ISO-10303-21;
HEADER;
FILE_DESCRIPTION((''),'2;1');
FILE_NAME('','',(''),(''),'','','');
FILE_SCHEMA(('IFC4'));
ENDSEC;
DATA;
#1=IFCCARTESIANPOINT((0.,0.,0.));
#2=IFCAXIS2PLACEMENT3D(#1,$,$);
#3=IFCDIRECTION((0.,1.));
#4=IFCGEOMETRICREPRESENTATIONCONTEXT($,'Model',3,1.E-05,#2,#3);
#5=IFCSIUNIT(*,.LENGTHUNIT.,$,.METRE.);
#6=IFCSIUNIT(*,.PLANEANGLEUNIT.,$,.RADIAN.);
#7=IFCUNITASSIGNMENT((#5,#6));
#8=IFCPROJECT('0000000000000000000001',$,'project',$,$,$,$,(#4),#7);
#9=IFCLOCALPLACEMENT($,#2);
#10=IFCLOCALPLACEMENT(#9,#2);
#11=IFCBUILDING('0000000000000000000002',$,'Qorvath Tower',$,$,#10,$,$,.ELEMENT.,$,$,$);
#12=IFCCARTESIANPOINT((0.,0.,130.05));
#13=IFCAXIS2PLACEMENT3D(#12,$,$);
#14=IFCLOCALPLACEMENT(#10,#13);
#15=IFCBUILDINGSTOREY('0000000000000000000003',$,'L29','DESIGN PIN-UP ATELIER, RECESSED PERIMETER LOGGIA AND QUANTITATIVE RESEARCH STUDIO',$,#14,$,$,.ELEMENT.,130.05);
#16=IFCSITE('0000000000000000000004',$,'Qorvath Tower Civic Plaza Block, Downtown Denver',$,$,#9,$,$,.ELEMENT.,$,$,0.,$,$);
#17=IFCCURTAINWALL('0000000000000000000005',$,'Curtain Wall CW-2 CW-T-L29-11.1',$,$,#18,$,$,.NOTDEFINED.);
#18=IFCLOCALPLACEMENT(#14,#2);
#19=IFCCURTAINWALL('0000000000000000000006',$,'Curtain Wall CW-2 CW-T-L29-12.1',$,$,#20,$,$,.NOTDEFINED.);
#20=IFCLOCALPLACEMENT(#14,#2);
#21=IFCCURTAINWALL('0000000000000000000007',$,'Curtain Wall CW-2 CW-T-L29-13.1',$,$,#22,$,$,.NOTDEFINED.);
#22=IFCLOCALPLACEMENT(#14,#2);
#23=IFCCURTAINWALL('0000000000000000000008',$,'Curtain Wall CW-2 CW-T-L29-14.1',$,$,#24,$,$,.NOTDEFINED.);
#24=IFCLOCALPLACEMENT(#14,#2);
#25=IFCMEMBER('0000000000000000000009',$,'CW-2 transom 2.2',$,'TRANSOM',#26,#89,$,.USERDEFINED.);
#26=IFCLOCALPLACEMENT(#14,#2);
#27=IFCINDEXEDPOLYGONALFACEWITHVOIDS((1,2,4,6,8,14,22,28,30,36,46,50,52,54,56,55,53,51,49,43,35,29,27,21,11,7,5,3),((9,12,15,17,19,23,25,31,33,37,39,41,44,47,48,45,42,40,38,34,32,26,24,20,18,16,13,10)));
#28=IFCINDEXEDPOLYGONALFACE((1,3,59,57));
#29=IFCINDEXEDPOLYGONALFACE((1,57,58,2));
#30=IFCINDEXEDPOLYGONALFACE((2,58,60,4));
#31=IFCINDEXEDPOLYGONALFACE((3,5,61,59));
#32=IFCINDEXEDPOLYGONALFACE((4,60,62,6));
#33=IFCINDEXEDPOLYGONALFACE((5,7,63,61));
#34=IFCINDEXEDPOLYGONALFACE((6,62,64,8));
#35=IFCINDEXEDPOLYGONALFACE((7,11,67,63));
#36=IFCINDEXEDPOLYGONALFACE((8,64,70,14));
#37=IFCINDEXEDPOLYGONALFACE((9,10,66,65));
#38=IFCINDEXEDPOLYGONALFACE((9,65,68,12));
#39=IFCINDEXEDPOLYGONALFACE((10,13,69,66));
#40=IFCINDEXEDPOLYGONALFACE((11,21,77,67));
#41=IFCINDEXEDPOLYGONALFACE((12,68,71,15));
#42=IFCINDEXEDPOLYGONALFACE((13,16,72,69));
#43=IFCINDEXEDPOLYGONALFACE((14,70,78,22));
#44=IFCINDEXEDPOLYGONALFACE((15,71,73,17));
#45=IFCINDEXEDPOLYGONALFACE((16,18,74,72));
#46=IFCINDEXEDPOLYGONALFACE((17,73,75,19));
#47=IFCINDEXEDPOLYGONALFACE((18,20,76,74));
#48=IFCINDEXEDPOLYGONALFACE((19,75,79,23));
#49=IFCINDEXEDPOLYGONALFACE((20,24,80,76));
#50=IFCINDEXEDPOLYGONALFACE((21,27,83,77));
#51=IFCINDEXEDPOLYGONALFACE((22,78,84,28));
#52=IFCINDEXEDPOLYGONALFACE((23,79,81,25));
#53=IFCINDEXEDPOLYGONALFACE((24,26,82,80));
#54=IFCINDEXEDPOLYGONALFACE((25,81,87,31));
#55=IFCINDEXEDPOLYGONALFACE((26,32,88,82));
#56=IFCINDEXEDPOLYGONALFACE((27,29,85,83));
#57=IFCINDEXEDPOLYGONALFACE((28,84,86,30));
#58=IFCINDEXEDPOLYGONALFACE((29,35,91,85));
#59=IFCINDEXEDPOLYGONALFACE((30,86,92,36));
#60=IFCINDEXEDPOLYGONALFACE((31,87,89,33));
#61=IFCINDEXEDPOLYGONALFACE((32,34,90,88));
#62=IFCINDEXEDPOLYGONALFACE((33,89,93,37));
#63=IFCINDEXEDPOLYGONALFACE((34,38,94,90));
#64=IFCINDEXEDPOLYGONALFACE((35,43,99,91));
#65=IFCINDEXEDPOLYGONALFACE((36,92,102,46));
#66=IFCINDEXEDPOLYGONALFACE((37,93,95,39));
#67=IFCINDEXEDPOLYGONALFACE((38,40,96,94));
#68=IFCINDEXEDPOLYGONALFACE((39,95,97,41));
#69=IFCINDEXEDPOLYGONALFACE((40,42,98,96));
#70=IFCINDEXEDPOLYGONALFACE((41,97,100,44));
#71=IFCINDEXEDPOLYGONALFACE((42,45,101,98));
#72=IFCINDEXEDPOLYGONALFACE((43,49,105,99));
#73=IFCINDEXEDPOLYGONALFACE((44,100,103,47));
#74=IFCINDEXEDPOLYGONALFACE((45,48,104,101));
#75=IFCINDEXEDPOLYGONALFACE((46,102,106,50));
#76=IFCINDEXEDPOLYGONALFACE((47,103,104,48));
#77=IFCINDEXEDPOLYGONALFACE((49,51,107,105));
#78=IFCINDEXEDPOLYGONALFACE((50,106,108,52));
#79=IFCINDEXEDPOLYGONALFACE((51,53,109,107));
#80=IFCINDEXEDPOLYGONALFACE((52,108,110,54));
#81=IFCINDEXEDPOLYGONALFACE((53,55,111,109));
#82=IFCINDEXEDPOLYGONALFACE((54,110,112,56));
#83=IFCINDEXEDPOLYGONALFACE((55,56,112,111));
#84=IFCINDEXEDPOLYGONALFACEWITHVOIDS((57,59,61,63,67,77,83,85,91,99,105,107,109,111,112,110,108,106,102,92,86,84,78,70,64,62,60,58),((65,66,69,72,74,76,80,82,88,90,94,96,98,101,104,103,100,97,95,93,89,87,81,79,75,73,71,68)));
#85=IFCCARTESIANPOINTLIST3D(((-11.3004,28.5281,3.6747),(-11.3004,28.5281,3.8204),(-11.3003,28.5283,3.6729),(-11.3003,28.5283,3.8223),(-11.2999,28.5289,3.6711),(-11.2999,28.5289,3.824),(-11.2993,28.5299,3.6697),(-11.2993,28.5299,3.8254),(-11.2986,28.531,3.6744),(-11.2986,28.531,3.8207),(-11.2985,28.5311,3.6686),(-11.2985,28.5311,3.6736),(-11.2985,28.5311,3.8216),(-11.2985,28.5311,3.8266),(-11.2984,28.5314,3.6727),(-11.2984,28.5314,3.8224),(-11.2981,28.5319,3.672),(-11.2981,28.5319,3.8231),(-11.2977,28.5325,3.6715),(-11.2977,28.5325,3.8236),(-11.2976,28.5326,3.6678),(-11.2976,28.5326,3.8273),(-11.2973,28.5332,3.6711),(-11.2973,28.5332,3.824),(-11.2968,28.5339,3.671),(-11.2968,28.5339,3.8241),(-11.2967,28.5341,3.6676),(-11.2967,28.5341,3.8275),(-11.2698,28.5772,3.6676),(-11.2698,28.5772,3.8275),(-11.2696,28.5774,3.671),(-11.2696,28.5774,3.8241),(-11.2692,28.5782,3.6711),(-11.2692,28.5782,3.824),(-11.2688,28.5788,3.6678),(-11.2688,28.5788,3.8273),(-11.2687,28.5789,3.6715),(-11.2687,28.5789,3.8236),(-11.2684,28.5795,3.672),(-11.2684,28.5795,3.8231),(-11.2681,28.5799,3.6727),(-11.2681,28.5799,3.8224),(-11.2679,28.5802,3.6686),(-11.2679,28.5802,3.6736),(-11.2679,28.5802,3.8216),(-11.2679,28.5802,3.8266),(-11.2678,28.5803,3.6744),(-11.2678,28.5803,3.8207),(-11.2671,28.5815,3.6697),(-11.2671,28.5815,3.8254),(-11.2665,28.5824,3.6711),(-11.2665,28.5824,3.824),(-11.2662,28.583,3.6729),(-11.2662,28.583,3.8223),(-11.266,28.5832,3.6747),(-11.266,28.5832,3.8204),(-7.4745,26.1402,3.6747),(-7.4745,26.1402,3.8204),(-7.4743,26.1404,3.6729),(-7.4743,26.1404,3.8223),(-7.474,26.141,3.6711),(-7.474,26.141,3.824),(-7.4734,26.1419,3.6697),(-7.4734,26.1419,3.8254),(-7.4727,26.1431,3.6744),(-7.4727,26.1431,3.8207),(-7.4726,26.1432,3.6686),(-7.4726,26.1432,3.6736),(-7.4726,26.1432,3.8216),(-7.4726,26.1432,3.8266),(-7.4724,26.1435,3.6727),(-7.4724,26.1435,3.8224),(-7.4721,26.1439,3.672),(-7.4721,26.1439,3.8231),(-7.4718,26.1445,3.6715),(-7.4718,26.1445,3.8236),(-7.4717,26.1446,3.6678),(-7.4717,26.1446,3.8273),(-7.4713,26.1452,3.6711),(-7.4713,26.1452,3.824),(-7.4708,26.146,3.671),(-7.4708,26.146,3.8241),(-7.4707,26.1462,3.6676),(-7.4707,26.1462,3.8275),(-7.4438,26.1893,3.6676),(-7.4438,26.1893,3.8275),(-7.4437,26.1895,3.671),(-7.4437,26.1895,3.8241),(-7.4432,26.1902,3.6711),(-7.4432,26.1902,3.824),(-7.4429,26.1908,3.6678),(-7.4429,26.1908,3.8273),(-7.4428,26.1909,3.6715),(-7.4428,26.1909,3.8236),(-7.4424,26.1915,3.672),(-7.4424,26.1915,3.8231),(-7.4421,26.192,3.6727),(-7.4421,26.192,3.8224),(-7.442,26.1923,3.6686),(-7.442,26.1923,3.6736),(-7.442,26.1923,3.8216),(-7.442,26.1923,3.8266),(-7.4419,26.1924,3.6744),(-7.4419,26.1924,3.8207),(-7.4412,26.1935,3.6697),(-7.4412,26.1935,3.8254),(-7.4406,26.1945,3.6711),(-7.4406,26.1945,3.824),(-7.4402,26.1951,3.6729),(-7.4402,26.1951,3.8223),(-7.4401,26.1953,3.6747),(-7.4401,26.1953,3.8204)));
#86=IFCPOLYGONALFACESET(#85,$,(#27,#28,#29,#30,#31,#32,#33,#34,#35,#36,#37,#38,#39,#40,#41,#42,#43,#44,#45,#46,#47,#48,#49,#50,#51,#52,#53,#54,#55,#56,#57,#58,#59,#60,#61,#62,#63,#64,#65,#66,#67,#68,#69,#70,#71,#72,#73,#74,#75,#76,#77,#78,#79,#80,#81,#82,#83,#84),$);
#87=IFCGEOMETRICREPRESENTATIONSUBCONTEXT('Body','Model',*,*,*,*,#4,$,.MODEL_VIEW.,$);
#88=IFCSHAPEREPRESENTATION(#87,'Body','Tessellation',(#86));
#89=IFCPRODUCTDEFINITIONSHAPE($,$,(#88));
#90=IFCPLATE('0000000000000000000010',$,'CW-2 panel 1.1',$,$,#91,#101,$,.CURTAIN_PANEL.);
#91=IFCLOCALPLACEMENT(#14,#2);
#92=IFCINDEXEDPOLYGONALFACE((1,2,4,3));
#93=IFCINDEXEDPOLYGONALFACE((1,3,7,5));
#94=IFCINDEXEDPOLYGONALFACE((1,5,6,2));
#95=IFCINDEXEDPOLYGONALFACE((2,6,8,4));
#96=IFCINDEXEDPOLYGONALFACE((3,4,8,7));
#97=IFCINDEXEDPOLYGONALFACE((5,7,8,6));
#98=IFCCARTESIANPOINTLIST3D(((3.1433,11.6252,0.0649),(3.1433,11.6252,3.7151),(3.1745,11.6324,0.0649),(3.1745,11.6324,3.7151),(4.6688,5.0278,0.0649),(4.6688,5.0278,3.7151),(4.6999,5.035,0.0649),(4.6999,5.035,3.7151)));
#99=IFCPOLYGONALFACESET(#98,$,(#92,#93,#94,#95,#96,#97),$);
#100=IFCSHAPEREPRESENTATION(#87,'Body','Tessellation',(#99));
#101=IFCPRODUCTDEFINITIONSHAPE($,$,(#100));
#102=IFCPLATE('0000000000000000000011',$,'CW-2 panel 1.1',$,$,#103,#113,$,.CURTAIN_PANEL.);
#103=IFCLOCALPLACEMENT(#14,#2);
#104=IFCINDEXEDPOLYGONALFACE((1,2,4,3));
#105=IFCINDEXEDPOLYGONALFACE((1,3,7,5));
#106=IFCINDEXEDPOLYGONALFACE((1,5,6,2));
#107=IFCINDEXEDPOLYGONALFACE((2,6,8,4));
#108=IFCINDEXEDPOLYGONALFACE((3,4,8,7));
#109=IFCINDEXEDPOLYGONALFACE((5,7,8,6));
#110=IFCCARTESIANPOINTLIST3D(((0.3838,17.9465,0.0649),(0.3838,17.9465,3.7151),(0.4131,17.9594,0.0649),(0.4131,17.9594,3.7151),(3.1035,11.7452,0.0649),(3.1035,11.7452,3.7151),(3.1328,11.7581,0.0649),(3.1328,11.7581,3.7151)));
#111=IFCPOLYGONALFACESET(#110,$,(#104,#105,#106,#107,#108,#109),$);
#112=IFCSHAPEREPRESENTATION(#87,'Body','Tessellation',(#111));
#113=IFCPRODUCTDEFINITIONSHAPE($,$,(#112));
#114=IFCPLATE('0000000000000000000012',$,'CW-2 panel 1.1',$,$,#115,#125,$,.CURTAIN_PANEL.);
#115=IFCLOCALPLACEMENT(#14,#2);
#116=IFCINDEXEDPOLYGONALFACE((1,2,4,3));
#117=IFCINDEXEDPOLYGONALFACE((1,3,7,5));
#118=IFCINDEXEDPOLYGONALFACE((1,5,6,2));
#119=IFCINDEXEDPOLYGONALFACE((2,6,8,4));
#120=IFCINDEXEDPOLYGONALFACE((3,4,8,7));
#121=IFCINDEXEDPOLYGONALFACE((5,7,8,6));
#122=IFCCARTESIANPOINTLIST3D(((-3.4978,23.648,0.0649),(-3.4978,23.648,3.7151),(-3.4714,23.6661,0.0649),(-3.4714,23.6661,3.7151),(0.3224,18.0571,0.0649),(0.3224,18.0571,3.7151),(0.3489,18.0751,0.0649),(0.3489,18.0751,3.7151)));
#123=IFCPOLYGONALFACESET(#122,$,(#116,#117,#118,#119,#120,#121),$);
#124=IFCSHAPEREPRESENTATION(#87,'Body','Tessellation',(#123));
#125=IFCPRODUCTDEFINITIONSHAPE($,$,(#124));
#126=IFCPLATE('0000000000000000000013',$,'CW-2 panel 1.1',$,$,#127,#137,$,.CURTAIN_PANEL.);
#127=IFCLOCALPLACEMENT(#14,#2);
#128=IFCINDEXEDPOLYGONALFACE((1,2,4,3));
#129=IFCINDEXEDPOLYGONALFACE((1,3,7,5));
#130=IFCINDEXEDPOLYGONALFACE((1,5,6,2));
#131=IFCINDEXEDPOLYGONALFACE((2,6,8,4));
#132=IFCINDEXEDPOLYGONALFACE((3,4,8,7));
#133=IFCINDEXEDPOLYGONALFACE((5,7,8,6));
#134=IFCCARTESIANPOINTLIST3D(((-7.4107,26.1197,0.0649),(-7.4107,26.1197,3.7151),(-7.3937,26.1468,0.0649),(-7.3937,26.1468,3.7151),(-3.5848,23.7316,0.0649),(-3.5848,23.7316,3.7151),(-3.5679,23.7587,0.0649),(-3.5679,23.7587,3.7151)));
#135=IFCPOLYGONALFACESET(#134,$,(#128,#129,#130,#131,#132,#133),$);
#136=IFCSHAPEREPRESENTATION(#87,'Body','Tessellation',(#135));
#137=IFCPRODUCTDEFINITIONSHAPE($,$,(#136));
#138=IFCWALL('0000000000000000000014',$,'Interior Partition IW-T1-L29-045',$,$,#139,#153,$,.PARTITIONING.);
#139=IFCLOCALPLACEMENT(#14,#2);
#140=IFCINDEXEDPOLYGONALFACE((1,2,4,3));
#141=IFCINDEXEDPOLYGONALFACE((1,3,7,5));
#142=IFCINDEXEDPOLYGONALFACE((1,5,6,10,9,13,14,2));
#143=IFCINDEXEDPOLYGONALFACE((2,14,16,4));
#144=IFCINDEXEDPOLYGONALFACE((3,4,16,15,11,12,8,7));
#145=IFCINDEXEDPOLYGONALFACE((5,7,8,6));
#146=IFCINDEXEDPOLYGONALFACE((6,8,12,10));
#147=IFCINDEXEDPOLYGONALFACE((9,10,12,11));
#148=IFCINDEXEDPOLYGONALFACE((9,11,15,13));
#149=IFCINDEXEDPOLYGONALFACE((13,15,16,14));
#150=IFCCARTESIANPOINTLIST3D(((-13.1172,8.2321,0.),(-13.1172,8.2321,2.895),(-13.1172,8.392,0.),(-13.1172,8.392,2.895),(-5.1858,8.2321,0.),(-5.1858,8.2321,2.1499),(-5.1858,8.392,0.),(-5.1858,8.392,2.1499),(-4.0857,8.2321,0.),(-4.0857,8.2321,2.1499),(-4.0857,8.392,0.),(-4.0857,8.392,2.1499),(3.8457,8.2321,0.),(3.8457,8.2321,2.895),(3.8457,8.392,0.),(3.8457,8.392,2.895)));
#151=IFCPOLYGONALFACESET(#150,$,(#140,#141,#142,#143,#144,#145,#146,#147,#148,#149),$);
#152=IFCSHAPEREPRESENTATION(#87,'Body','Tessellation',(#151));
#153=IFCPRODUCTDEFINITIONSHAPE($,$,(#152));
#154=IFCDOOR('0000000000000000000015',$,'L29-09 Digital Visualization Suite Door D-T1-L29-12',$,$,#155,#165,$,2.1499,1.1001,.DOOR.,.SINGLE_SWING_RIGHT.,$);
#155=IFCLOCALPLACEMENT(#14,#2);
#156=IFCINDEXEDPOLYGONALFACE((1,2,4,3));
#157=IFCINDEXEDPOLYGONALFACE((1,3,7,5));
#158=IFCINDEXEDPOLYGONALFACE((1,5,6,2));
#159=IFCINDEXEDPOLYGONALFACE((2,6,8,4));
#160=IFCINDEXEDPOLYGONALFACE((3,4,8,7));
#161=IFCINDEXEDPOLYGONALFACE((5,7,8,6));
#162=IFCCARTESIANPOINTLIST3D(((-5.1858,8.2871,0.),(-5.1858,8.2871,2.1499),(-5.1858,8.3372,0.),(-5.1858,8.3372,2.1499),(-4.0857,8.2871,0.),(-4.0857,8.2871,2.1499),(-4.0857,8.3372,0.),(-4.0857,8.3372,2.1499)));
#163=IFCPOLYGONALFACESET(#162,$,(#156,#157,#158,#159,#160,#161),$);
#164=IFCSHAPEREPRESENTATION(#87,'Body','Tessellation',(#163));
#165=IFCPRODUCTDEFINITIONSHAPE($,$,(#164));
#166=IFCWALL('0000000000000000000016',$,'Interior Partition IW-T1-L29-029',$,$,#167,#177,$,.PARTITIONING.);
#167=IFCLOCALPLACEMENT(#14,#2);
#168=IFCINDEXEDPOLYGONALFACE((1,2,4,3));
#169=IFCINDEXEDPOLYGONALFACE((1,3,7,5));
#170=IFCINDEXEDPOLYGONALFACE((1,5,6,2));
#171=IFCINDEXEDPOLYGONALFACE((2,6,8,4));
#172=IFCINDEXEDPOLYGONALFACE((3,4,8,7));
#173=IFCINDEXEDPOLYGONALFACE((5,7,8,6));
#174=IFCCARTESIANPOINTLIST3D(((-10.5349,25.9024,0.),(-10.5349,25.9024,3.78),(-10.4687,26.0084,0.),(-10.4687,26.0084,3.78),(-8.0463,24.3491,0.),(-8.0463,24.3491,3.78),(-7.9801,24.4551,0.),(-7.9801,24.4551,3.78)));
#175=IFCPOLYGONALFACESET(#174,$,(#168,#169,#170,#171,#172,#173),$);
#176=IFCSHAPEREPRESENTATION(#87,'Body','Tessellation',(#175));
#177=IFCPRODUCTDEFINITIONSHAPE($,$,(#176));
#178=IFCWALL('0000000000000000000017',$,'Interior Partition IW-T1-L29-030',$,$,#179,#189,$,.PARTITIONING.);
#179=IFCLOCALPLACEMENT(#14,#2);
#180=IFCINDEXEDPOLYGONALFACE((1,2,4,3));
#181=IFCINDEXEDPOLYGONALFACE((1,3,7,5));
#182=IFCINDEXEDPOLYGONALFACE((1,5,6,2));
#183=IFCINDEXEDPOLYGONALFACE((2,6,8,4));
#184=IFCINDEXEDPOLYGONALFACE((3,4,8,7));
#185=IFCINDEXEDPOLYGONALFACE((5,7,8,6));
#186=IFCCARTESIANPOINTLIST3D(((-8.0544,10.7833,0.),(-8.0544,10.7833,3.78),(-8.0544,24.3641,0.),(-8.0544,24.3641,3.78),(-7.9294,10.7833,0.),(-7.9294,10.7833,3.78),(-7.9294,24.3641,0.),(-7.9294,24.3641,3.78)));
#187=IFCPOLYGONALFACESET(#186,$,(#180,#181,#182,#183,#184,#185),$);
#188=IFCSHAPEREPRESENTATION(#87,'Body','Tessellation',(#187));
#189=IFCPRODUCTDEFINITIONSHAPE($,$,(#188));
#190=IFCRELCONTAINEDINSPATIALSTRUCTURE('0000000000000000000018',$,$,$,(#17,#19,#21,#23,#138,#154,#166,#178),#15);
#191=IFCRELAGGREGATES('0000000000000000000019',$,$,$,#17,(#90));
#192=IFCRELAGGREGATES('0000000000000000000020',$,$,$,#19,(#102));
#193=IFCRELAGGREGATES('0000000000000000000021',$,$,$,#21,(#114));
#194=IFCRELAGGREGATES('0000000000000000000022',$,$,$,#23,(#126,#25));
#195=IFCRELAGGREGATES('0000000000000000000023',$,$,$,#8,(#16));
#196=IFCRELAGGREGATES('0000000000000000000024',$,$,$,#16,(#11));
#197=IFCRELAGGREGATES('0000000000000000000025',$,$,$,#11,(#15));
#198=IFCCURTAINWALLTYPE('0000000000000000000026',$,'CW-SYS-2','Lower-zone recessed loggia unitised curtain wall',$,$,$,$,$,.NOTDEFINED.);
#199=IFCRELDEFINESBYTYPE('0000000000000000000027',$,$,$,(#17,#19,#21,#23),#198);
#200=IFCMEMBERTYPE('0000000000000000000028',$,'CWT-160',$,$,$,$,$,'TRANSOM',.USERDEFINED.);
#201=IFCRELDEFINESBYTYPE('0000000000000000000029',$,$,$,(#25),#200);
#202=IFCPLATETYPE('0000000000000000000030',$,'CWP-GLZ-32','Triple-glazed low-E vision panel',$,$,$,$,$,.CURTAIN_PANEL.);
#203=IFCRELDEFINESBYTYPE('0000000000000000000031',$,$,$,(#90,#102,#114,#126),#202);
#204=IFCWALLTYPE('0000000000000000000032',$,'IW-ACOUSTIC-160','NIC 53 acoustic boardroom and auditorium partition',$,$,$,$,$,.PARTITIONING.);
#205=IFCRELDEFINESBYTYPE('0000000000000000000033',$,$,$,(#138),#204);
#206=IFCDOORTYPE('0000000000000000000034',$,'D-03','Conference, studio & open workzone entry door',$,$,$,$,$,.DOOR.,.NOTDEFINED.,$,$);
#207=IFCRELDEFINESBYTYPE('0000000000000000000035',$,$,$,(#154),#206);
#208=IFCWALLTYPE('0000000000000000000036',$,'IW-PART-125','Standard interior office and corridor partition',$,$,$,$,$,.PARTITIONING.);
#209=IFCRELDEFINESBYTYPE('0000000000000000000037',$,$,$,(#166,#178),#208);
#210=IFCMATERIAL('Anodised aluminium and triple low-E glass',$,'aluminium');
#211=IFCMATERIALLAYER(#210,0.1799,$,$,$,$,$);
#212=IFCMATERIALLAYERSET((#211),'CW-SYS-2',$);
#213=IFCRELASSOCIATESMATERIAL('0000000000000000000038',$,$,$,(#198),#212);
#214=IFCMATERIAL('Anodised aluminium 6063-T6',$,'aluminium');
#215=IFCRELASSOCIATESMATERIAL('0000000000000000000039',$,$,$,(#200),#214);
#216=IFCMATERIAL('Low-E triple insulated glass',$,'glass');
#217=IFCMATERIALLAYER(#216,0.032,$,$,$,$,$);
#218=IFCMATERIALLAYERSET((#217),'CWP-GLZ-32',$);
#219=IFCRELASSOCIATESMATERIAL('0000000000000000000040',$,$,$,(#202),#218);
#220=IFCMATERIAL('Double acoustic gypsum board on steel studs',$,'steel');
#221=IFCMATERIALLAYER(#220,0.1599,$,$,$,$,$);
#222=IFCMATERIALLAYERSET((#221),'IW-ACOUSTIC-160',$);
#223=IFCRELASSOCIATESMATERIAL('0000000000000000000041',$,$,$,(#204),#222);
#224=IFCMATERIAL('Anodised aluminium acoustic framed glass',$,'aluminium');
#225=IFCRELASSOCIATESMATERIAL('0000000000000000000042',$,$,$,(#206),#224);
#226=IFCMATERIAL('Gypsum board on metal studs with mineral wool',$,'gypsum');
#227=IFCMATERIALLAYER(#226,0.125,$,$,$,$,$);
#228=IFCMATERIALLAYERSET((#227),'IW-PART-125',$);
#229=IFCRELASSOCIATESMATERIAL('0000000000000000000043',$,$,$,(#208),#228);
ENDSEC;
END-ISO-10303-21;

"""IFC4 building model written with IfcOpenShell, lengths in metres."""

from ifc_helpers import new_model, si_unit, direction, frame, frame_2d, origin, origin_2d, place, context, subcontext, project, spatial, rectangle, hollow_rectangle, extrude, material, layer, layer_set, material_profile, profile_set, type_object, element, fill, aggregate, save


model = new_model("IFC4")

# Units and contexts
model_context = context("Model", 3, precision=1e-05, world=origin(), true_north=direction((0.0, 1.0)))
body_context = subcontext(model_context, "Body", "Model", "MODEL_VIEW")
ifc_project = project(units=[si_unit("LENGTHUNIT", "METRE"), si_unit("PLANEANGLEUNIT", "RADIAN")], contexts=[model_context])

# Site, building, storey
site_placement = place(None, origin())
site = spatial("IfcSite", under=ifc_project, at=site_placement, Name="Qorvath Tower Civic Plaza Block, Downtown Denver", CompositionType="ELEMENT", RefElevation=0.0)
building_placement = place(site_placement, origin())
building = spatial("IfcBuilding", under=site, at=building_placement, Name="Qorvath Tower", CompositionType="ELEMENT")
storey_placement = place(building_placement, frame((0.0, 0.0, 130.05)))
storey = spatial("IfcBuildingStorey", under=building, at=storey_placement, Name="L29", Description="DESIGN PIN-UP ATELIER, RECESSED PERIMETER LOGGIA AND QUANTITATIVE RESEARCH STUDIO", CompositionType="ELEMENT", Elevation=130.05)

# Curtain wall
ifc_material_1 = material(Name="Anodised aluminium and triple low-E glass", Category="aluminium")
ifc_layer_1 = layer(ifc_material_1, 0.1799)
ifc_layer_set_1 = layer_set([ifc_layer_1], Name="CW-SYS-2")
curtain_wall_type = type_object("IfcCurtainWallType", Name="CW-SYS-2", Description="Lower-zone recessed loggia unitised curtain wall", PredefinedType="NOTDEFINED", material=ifc_layer_set_1)
curtain_wall_1_placement = place(storey_placement, origin())
curtain_wall_1 = element("IfcCurtainWall", 1, at=curtain_wall_1_placement, inside=storey, type_object=curtain_wall_type, Name="Curtain Wall CW-2 CW-T-L29-11.1", PredefinedType="NOTDEFINED")

# Curtain walls
curtain_wall_2_placement = place(storey_placement, origin())
curtain_wall_2 = element("IfcCurtainWall", 2, at=curtain_wall_2_placement, inside=storey, type_object=curtain_wall_type, Name="Curtain Wall CW-2 CW-T-L29-12.1", PredefinedType="NOTDEFINED")
curtain_wall_3_placement = place(storey_placement, origin())
curtain_wall_3 = element("IfcCurtainWall", 3, at=curtain_wall_3_placement, inside=storey, type_object=curtain_wall_type, Name="Curtain Wall CW-2 CW-T-L29-13.1", PredefinedType="NOTDEFINED")
curtain_wall_4_placement = place(storey_placement, origin())
curtain_wall_4 = element("IfcCurtainWall", 4, at=curtain_wall_4_placement, inside=storey, type_object=curtain_wall_type, Name="Curtain Wall CW-2 CW-T-L29-14.1", PredefinedType="NOTDEFINED")

# Member
ifc_material_2 = material(Name="Anodised aluminium 6063-T6", Category="aluminium")
ifc_material_profile_1 = material_profile(ifc_material_2, hollow_rectangle(XDim=0.0649, YDim=0.1599, WallThickness=0.0034, InnerFilletRadius=0.0034, OuterFilletRadius=0.0071, at=origin_2d()), Name="CWT 160x65")
ifc_profile_set_1 = profile_set([ifc_material_profile_1], Name="Anodised aluminium 6063-T6")
member_type_1 = type_object("IfcMemberType", Name="CWT-160", ElementType="TRANSOM", PredefinedType="USERDEFINED", material=ifc_profile_set_1)
member_1_placement = place(storey_placement, frame((-7.4573, 26.1677, 3.7476), z_axis=(-0.848324, 0.529478, 0.0), x_axis=(-0.529478, -0.848324, 0.0)))
member_1 = element("IfcMember", 5, at=member_1_placement, type_object=member_type_1, Name="CW-2 transom 2.2", ObjectType="TRANSOM", PredefinedType="USERDEFINED", context=body_context, shape_type="SweptSolid", body=[
    extrude(hollow_rectangle(XDim=0.0649, YDim=0.1599, WallThickness=0.0034, InnerFilletRadius=0.0034, OuterFilletRadius=0.0071, at=origin_2d()), origin(), (0.0, 0.0, 1.0), 4.51),
])

# Plates
ifc_material_3 = material(Name="Low-E triple insulated glass", Category="glass")
ifc_layer_2 = layer(ifc_material_3, 0.032)
ifc_layer_set_2 = layer_set([ifc_layer_2], Name="CWP-GLZ-32")
plate_type = type_object("IfcPlateType", Name="CWP-GLZ-32", Description="Triple-glazed low-E vision panel", PredefinedType="CURTAIN_PANEL", material=ifc_layer_set_2)
plate_1_placement = place(storey_placement, frame((3.9216, 8.3301, 0.0649), z_axis=(0.0, 0.0, 1.0), x_axis=(-0.22527, 0.974296, 0.0)))
plate_1 = element("IfcPlate", 6, at=plate_1_placement, type_object=plate_type, Name="CW-2 panel 1.1", PredefinedType="CURTAIN_PANEL", context=body_context, shape_type="SweptSolid", body=[
    extrude(rectangle(XDim=6.7715, YDim=0.032, at=origin_2d()), origin(), (0.0, 0.0, 1.0), 3.6501),
])
aggregate(curtain_wall_1, [plate_1])
plate_2_placement = place(storey_placement, frame((1.7583, 14.8523, 0.0649), z_axis=(0.0, 0.0, 1.0), x_axis=(-0.401649, 0.915794, 0.0)))
plate_2 = element("IfcPlate", 7, at=plate_2_placement, type_object=plate_type, Name="CW-2 panel 1.1", PredefinedType="CURTAIN_PANEL", context=body_context, shape_type="SweptSolid", body=[
    extrude(rectangle(XDim=6.7715, YDim=0.032, at=origin_2d()), origin(), (0.0, 0.0, 1.0), 3.6501),
])
aggregate(curtain_wall_2, [plate_2])
plate_3_placement = place(storey_placement, frame((-1.5745, 20.8616, 0.0649), z_axis=(0.0, 0.0, 1.0), x_axis=(-0.564164, 0.825663, 0.0)))
plate_3 = element("IfcPlate", 8, at=plate_3_placement, type_object=plate_type, Name="CW-2 panel 1.1", PredefinedType="CURTAIN_PANEL", context=body_context, shape_type="SweptSolid", body=[
    extrude(rectangle(XDim=6.7715, YDim=0.032, at=origin_2d()), origin(), (0.0, 0.0, 1.0), 3.6501),
])
aggregate(curtain_wall_3, [plate_3])
plate_4_placement = place(storey_placement, frame((-5.4893, 24.9392, 0.0649), z_axis=(0.0, 0.0, 1.0), x_axis=(-0.848308, 0.529503, 0.0)))
plate_4 = element("IfcPlate", 9, at=plate_4_placement, type_object=plate_type, Name="CW-2 panel 1.1", PredefinedType="CURTAIN_PANEL", context=body_context, shape_type="SweptSolid", body=[
    extrude(rectangle(XDim=4.51, YDim=0.032, at=origin_2d()), origin(), (0.0, 0.0, 1.0), 3.6501),
])
aggregate(curtain_wall_4, [plate_4, member_1])

# Wall, opening, door
ifc_material_4 = material(Name="Double acoustic gypsum board on steel studs", Category="steel")
ifc_layer_3 = layer(ifc_material_4, 0.1599)
ifc_layer_set_3 = layer_set([ifc_layer_3], Name="IW-ACOUSTIC-160")
wall_type_1 = type_object("IfcWallType", Name="IW-ACOUSTIC-160", Description="NIC 53 acoustic boardroom and auditorium partition", PredefinedType="PARTITIONING", material=ifc_layer_set_3)
wall_1_placement = place(storey_placement, frame((3.8457, 8.312, 0.0), z_axis=(0.0, 0.0, 1.0), x_axis=(-1.0, 0.0, 0.0)))
wall_1 = element("IfcWall", 10, at=wall_1_placement, inside=storey, type_object=wall_type_1, Name="Interior Partition IW-T1-L29-045", PredefinedType="PARTITIONING", context=body_context, shape_type="SweptSolid", body=[
    extrude(rectangle(XDim=16.9629, YDim=0.1599, at=frame_2d((8.4814, 0.0))), origin(), (0.0, 0.0, 1.0), 2.895),
])
opening_1_placement = place(wall_1_placement, frame((7.9314, 0.0, 0.0)))
opening_1 = element("IfcOpeningElement", 11, at=opening_1_placement, cuts=wall_1, PredefinedType="OPENING", context=body_context, shape_type="SweptSolid", body=[
    extrude(rectangle(XDim=1.1001, YDim=2.1499, at=frame_2d((0.55, 1.075))), frame((0.0, 0.0898, 0.0), z_axis=(0.0, -1.0, 0.0), x_axis=(1.0, 0.0, 0.0)), (0.0, 0.0, 1.0), 0.1799),
])
ifc_material_5 = material(Name="Anodised aluminium acoustic framed glass", Category="aluminium")
door_type_1 = type_object("IfcDoorType", Name="D-03", Description="Conference, studio & open workzone entry door", OperationType="NOTDEFINED", PredefinedType="DOOR", material=ifc_material_5)
door_1_placement = place(opening_1_placement, origin())
door_1 = element("IfcDoor", 12, at=door_1_placement, inside=storey, type_object=door_type_1, Name="L29-09 Digital Visualization Suite Door D-T1-L29-12", OperationType="SINGLE_SWING_RIGHT", OverallHeight=2.1499, OverallWidth=1.1001, PredefinedType="DOOR", context=body_context, shape_type="SweptSolid", body=[
    extrude(rectangle(XDim=1.1001, YDim=2.1499, at=frame_2d((0.55, 1.075))), frame((0.0, 0.0249, 0.0), z_axis=(0.0, -1.0, 0.0), x_axis=(1.0, 0.0, 0.0)), (0.0, 0.0, 1.0), 0.05),
])
fill(opening_1, door_1)

# Walls
ifc_material_6 = material(Name="Gypsum board on metal studs with mineral wool", Category="gypsum")
ifc_layer_4 = layer(ifc_material_6, 0.125)
ifc_layer_set_4 = layer_set([ifc_layer_4], Name="IW-PART-125")
wall_type_2 = type_object("IfcWallType", Name="IW-PART-125", Description="Standard interior office and corridor partition", PredefinedType="PARTITIONING", material=ifc_layer_set_4)
wall_2_placement = place(storey_placement, frame((-8.0132, 24.4021, 0.0), z_axis=(0.0, 0.0, 1.0), x_axis=(-0.848321, 0.529483, 0.0)))
element("IfcWall", 13, at=wall_2_placement, inside=storey, type_object=wall_type_2, Name="Interior Partition IW-T1-L29-029", PredefinedType="PARTITIONING", context=body_context, shape_type="SweptSolid", body=[
    extrude(rectangle(XDim=2.9336, YDim=0.125, at=frame_2d((1.4668, 0.0))), origin(), (0.0, 0.0, 1.0), 3.78),
])
wall_3_placement = place(storey_placement, frame((-7.9919, 10.7832, 0.0), z_axis=(0.0, 0.0, 1.0), x_axis=(0.0, 1.0, 0.0)))
element("IfcWall", 14, at=wall_3_placement, inside=storey, type_object=wall_type_2, Name="Interior Partition IW-T1-L29-030", PredefinedType="PARTITIONING", context=body_context, shape_type="SweptSolid", body=[
    extrude(rectangle(XDim=13.5808, YDim=0.125, at=frame_2d((6.7905, 0.0))), origin(), (0.0, 0.0, 1.0), 3.78),
])

save(model, "model.ifc")
